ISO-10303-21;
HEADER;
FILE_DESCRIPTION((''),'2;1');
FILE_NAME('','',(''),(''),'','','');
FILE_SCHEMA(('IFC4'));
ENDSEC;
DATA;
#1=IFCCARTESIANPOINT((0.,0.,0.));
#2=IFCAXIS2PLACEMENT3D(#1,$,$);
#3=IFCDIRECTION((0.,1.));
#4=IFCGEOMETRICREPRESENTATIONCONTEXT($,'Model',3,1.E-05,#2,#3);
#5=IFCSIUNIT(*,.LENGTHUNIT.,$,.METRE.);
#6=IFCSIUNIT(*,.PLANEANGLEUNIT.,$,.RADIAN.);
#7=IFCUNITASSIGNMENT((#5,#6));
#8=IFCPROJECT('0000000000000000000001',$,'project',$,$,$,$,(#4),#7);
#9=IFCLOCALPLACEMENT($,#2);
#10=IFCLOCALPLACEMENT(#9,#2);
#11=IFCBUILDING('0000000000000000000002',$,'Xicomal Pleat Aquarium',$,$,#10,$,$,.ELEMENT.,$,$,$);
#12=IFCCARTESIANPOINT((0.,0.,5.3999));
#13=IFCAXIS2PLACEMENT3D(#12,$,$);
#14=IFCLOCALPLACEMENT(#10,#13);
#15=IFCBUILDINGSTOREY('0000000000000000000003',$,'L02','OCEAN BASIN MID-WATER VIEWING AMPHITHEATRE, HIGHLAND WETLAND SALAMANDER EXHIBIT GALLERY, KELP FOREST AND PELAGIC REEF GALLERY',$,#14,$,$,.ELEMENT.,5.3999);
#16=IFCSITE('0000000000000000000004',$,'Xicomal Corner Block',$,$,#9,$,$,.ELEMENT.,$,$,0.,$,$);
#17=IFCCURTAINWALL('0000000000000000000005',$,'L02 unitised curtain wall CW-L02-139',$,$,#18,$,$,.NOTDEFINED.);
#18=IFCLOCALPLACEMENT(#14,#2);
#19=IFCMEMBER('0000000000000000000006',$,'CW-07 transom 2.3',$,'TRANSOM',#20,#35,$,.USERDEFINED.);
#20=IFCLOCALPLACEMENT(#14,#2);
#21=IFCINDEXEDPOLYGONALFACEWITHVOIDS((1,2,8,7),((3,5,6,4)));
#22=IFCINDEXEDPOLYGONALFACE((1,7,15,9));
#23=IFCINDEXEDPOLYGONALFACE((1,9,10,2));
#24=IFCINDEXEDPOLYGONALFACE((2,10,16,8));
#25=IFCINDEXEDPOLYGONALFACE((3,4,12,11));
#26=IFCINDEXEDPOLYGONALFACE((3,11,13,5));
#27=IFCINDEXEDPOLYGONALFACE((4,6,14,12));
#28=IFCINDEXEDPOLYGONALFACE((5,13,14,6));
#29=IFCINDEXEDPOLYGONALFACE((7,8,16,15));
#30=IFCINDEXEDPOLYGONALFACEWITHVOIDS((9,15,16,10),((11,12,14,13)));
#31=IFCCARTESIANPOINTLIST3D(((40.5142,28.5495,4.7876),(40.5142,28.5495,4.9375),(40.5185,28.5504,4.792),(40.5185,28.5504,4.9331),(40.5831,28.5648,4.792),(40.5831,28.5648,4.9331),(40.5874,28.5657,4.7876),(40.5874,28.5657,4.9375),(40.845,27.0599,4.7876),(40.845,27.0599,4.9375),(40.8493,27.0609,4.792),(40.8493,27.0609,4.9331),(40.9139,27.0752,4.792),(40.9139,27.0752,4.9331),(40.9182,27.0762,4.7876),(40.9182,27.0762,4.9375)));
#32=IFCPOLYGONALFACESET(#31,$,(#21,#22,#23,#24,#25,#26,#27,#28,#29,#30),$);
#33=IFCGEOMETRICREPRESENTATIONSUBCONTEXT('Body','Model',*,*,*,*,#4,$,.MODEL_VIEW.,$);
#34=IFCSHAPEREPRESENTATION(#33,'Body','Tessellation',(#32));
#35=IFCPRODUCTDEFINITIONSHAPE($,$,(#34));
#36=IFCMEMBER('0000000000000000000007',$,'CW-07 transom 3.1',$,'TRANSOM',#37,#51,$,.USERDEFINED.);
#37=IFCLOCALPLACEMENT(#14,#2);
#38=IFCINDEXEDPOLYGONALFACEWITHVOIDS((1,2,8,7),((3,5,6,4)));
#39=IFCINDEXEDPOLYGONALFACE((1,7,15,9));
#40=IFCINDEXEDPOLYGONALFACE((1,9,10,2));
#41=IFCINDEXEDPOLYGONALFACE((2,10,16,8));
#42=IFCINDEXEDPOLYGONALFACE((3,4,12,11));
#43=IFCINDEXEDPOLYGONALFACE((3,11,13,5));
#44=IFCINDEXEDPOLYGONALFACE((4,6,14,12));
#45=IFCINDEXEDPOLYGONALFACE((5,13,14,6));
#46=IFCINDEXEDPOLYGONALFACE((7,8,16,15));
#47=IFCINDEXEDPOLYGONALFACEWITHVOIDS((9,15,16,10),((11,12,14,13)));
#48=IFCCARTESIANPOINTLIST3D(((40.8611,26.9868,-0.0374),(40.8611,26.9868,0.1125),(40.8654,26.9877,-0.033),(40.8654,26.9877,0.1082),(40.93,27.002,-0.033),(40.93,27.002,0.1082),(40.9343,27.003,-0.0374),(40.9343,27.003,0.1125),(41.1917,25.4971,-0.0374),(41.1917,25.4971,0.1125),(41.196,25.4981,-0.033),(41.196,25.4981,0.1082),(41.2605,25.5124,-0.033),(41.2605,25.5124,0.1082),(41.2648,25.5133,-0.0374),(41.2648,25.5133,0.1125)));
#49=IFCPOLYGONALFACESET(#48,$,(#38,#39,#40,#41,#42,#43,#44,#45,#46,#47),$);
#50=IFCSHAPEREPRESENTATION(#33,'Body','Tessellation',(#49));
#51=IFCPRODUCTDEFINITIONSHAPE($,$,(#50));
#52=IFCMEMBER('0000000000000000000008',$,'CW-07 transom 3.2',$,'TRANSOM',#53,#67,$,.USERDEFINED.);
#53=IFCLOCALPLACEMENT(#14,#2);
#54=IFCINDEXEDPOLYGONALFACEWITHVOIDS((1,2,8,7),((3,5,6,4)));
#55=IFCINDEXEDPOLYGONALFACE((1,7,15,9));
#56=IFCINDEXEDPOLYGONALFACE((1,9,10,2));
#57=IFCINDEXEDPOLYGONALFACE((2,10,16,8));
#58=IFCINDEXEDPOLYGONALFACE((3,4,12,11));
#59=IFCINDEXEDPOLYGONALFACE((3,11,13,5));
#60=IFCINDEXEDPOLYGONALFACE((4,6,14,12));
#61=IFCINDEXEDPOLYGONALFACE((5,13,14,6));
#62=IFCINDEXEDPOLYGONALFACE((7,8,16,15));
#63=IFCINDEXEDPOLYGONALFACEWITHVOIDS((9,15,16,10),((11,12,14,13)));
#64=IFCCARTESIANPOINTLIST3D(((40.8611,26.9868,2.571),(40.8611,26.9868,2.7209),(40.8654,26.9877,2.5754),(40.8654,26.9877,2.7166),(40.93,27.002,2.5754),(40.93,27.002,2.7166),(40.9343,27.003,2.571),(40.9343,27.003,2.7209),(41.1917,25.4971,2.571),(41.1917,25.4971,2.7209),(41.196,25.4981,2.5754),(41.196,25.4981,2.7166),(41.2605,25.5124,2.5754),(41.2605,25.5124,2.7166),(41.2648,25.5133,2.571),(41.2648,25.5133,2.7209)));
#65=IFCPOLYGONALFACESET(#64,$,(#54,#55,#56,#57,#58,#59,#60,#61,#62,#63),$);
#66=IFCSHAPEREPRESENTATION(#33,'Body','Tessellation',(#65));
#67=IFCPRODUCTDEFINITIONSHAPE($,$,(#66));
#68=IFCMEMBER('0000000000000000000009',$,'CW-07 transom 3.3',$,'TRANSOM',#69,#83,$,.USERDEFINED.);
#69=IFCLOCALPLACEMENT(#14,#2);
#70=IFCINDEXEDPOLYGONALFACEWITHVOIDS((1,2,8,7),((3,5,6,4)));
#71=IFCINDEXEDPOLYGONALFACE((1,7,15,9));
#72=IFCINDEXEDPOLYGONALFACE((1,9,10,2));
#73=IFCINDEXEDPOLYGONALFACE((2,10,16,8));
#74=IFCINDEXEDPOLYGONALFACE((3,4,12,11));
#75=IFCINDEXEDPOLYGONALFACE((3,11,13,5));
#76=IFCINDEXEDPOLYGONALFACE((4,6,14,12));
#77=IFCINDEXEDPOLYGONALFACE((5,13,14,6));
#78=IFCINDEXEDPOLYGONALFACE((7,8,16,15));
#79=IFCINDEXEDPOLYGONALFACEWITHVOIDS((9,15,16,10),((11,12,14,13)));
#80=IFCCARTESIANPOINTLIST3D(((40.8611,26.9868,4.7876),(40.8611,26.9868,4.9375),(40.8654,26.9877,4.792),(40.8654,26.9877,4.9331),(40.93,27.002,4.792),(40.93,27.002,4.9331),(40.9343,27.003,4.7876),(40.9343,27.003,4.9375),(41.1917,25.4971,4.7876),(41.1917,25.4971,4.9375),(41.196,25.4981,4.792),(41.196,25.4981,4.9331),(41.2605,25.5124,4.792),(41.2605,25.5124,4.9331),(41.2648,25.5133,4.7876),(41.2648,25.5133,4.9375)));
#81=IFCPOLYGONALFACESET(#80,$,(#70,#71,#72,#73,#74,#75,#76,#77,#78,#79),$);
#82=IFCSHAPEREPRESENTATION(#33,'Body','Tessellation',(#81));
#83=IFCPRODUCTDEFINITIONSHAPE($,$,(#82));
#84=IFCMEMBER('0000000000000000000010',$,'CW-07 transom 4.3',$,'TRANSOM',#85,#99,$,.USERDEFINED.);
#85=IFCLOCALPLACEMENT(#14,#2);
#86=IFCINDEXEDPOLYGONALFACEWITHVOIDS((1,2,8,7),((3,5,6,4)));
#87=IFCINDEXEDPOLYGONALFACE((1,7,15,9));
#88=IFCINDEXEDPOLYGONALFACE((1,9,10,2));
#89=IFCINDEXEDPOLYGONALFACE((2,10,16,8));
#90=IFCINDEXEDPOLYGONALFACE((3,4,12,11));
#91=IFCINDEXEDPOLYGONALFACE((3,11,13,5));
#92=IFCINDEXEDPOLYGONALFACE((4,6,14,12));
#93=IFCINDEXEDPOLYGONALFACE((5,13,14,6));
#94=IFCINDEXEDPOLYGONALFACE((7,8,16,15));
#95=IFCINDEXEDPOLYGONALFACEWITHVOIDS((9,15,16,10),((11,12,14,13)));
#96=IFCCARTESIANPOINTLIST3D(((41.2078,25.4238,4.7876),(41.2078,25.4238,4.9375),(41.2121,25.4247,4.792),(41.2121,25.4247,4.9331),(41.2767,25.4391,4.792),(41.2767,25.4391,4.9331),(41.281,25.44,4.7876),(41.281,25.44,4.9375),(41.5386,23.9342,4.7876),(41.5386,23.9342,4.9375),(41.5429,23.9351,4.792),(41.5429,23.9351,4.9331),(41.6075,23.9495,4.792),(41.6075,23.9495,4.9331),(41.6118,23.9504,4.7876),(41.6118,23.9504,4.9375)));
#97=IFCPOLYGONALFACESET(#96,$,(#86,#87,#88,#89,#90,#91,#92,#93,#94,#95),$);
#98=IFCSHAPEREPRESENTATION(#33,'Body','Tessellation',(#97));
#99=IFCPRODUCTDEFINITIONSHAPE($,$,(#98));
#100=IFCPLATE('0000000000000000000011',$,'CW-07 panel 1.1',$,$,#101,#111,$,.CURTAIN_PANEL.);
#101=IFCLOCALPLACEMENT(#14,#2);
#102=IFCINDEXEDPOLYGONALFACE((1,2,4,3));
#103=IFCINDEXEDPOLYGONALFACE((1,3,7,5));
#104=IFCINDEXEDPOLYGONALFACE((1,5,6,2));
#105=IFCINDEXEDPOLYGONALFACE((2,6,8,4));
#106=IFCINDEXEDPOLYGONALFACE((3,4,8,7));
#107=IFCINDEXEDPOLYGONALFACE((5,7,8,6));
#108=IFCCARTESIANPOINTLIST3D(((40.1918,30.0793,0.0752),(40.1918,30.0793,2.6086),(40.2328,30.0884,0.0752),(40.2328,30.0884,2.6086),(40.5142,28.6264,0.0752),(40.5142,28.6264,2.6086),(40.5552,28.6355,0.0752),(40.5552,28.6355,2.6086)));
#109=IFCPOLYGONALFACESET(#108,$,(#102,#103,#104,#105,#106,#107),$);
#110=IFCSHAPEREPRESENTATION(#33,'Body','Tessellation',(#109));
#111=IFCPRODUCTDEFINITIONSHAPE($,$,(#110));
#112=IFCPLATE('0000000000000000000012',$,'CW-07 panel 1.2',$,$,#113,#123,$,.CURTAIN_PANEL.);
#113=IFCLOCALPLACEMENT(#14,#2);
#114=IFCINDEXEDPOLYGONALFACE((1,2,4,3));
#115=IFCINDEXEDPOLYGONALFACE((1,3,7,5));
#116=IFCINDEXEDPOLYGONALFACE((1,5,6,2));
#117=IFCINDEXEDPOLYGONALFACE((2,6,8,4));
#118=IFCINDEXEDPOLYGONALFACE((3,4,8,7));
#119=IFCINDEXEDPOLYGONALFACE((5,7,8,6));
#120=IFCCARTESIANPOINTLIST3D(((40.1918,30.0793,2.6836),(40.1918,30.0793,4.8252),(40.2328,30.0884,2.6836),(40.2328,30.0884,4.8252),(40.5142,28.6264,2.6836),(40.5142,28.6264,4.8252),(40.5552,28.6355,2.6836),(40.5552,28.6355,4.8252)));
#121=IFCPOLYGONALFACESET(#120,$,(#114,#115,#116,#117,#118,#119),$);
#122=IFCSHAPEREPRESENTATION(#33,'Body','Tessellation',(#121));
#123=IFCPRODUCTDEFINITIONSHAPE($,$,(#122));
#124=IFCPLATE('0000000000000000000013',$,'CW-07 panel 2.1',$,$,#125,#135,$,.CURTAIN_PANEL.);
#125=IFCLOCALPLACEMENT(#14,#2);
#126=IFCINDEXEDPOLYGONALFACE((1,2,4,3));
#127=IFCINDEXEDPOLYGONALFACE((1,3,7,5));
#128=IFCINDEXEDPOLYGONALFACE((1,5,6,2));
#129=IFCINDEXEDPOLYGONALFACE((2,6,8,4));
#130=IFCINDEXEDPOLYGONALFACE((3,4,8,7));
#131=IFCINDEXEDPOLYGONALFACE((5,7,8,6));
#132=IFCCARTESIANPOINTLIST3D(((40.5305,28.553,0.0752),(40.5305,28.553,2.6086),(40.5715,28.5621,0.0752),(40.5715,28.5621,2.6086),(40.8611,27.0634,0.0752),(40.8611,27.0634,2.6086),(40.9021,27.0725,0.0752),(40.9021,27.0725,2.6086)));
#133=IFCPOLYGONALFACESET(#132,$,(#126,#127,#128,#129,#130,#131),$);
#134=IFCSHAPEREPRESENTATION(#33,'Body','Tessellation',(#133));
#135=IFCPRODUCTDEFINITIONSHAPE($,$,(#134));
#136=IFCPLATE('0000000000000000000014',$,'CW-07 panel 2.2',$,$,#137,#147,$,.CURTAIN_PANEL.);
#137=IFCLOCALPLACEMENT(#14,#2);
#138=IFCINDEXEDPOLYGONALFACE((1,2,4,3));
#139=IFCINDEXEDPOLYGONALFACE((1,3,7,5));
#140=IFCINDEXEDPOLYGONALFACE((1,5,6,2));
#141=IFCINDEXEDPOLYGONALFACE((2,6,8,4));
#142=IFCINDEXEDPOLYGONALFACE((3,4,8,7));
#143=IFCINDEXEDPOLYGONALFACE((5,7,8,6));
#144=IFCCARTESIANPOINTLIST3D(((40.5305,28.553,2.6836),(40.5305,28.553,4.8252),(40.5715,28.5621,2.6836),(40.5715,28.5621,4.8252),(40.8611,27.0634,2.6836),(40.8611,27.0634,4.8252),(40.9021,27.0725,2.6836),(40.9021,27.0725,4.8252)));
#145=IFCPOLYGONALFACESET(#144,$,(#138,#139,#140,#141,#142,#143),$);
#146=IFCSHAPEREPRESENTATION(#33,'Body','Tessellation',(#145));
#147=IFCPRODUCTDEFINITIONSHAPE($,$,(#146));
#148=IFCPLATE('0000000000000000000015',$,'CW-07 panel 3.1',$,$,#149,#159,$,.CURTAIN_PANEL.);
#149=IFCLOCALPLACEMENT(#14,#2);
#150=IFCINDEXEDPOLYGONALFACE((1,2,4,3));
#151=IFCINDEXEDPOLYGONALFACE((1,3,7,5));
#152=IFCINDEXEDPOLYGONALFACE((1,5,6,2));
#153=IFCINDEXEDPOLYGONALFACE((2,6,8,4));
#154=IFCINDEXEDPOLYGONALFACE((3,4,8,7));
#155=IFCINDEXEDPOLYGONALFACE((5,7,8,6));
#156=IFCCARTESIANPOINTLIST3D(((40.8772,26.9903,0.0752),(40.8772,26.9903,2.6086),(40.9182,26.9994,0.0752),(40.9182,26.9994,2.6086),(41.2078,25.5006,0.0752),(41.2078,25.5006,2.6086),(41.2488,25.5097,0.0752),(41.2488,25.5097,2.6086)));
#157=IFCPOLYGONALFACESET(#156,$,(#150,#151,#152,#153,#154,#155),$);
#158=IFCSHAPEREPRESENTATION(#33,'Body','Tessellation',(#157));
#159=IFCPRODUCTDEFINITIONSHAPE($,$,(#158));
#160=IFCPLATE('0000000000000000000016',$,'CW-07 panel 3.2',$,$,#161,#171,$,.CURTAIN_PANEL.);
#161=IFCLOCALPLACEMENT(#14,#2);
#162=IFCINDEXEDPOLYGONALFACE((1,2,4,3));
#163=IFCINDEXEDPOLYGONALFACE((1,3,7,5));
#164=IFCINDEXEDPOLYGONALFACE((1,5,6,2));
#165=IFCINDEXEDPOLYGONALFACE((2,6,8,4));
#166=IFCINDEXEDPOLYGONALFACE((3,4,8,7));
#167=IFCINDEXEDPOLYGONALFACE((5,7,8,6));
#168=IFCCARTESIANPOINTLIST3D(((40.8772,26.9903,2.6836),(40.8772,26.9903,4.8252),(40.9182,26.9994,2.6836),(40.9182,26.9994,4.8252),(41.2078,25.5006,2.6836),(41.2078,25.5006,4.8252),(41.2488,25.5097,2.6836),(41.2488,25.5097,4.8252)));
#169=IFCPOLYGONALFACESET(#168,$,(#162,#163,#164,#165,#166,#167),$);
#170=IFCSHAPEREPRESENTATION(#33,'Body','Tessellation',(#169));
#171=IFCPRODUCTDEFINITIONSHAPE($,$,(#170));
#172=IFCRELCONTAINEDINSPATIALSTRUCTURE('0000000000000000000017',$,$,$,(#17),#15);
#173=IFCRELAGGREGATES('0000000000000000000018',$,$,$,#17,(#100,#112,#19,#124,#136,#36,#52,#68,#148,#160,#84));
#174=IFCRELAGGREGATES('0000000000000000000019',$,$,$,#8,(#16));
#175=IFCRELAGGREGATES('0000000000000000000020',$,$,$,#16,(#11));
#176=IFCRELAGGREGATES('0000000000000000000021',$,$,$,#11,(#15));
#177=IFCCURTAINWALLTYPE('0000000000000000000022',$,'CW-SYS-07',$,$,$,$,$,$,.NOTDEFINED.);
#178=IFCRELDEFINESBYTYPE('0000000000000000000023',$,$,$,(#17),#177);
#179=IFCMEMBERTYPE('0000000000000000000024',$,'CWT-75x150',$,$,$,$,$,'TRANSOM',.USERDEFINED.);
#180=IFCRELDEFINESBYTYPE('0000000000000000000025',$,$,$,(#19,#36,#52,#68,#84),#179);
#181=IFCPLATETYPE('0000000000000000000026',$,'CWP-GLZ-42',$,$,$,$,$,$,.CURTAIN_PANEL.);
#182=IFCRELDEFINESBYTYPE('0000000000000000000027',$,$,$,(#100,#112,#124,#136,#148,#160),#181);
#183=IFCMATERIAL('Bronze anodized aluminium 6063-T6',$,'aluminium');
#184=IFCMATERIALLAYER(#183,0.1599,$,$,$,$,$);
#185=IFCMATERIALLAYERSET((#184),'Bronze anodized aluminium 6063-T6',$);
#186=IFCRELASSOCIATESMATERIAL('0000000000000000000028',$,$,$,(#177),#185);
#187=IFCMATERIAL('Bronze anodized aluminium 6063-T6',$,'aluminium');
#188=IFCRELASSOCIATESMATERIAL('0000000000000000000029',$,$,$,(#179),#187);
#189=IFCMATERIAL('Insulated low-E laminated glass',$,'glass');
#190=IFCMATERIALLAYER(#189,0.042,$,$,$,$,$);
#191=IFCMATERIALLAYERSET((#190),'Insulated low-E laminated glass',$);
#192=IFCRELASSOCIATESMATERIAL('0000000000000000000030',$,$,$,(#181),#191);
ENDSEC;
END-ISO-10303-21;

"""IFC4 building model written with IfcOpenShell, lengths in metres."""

from ifc_helpers import new_model, si_unit, direction, frame, origin, origin_2d, place, context, subcontext, project, spatial, rectangle, hollow_rectangle, extrude, material, layer, layer_set, material_profile, profile_set, type_object, element, aggregate, save


model = new_model("IFC4")

# Units and contexts
model_context = context("Model", 3, precision=1e-05, world=origin(), true_north=direction((0.0, 1.0)))
body_context = subcontext(model_context, "Body", "Model", "MODEL_VIEW")
ifc_project = project(units=[si_unit("LENGTHUNIT", "METRE"), si_unit("PLANEANGLEUNIT", "RADIAN")], contexts=[model_context])

# Site, building, storey
site_placement = place(None, origin())
site = spatial("IfcSite", under=ifc_project, at=site_placement, Name="Xicomal Corner Block", CompositionType="ELEMENT", RefElevation=0.0)
building_placement = place(site_placement, origin())
building = spatial("IfcBuilding", under=site, at=building_placement, Name="Xicomal Pleat Aquarium", CompositionType="ELEMENT")
storey_placement = place(building_placement, frame((0.0, 0.0, 5.3999)))
storey = spatial("IfcBuildingStorey", under=building, at=storey_placement, Name="L02", Description="OCEAN BASIN MID-WATER VIEWING AMPHITHEATRE, HIGHLAND WETLAND SALAMANDER EXHIBIT GALLERY, KELP FOREST AND PELAGIC REEF GALLERY", CompositionType="ELEMENT", Elevation=5.3999)

# Curtain wall, members, plates
ifc_material_1 = material(Name="Bronze anodized aluminium 6063-T6", Category="aluminium")
ifc_layer_1 = layer(ifc_material_1, 0.1599)
ifc_layer_set_1 = layer_set([ifc_layer_1], Name="Bronze anodized aluminium 6063-T6")
curtain_wall_type_1 = type_object("IfcCurtainWallType", Name="CW-SYS-07", PredefinedType="NOTDEFINED", material=ifc_layer_set_1)
curtain_wall_1_placement = place(storey_placement, origin())
curtain_wall_1 = element("IfcCurtainWall", 1, at=curtain_wall_1_placement, inside=storey, type_object=curtain_wall_type_1, Name="L02 unitised curtain wall CW-L02-139", PredefinedType="NOTDEFINED")
ifc_material_2 = material(Name="Bronze anodized aluminium 6063-T6", Category="aluminium")
ifc_material_profile_1 = material_profile(ifc_material_2, hollow_rectangle(XDim=0.075, YDim=0.1499, WallThickness=0.0044, at=origin_2d()), Name="ALU TRAN 75x150")
ifc_profile_set_1 = profile_set([ifc_material_profile_1], Name="Bronze anodized aluminium 6063-T6")
member_type_1 = type_object("IfcMemberType", Name="CWT-75x150", ElementType="TRANSOM", PredefinedType="USERDEFINED", material=ifc_profile_set_1)
member_1_placement = place(storey_placement, frame((40.5508, 28.5576, 4.8625), z_axis=(0.216812, -0.976213, 0.0), x_axis=(0.976213, 0.216812, 0.0)))
member_1 = element("IfcMember", 2, at=member_1_placement, type_object=member_type_1, Name="CW-07 transom 2.3", ObjectType="TRANSOM", PredefinedType="USERDEFINED", context=body_context, shape_type="SweptSolid", body=[
    extrude(hollow_rectangle(XDim=0.075, YDim=0.1499, WallThickness=0.0044, at=origin_2d()), origin(), (0.0, 0.0, 1.0), 1.5259),
])
member_2_placement = place(storey_placement, frame((40.8977, 26.9949, 0.0376), z_axis=(0.216626, -0.976255, 0.0), x_axis=(0.976255, 0.216626, 0.0)))
member_2 = element("IfcMember", 3, at=member_2_placement, type_object=member_type_1, Name="CW-07 transom 3.1", ObjectType="TRANSOM", PredefinedType="USERDEFINED", context=body_context, shape_type="SweptSolid", body=[
    extrude(hollow_rectangle(XDim=0.075, YDim=0.1499, WallThickness=0.0044, at=origin_2d()), origin(), (0.0, 0.0, 1.0), 1.5259),
])
member_3_placement = place(storey_placement, frame((40.8977, 26.9949, 2.646), z_axis=(0.216626, -0.976255, 0.0), x_axis=(0.976255, 0.216626, 0.0)))
member_3 = element("IfcMember", 4, at=member_3_placement, type_object=member_type_1, Name="CW-07 transom 3.2", ObjectType="TRANSOM", PredefinedType="USERDEFINED", context=body_context, shape_type="SweptSolid", body=[
    extrude(hollow_rectangle(XDim=0.075, YDim=0.1499, WallThickness=0.0044, at=origin_2d()), origin(), (0.0, 0.0, 1.0), 1.5259),
])
member_4_placement = place(storey_placement, frame((40.8977, 26.9949, 4.8625), z_axis=(0.216626, -0.976255, 0.0), x_axis=(0.976255, 0.216626, 0.0)))
member_4 = element("IfcMember", 5, at=member_4_placement, type_object=member_type_1, Name="CW-07 transom 3.3", ObjectType="TRANSOM", PredefinedType="USERDEFINED", context=body_context, shape_type="SweptSolid", body=[
    extrude(hollow_rectangle(XDim=0.075, YDim=0.1499, WallThickness=0.0044, at=origin_2d()), origin(), (0.0, 0.0, 1.0), 1.5259),
])
member_5_placement = place(storey_placement, frame((41.2444, 25.4319, 4.8625), z_axis=(0.216812, -0.976213, 0.0), x_axis=(0.976213, 0.216812, 0.0)))
member_5 = element("IfcMember", 6, at=member_5_placement, type_object=member_type_1, Name="CW-07 transom 4.3", ObjectType="TRANSOM", PredefinedType="USERDEFINED", context=body_context, shape_type="SweptSolid", body=[
    extrude(hollow_rectangle(XDim=0.075, YDim=0.1499, WallThickness=0.0044, at=origin_2d()), origin(), (0.0, 0.0, 1.0), 1.5259),
])
ifc_material_3 = material(Name="Insulated low-E laminated glass", Category="glass")
ifc_layer_2 = layer(ifc_material_3, 0.042)
ifc_layer_set_2 = layer_set([ifc_layer_2], Name="Insulated low-E laminated glass")
plate_type = type_object("IfcPlateType", Name="CWP-GLZ-42", PredefinedType="CURTAIN_PANEL", material=ifc_layer_set_2)
plate_1_placement = place(storey_placement, frame((40.3735, 29.3574, 0.0752), z_axis=(0.0, 0.0, 1.0), x_axis=(0.216639, -0.976252, 0.0)))
plate_1 = element("IfcPlate", 7, at=plate_1_placement, type_object=plate_type, Name="CW-07 panel 1.1", PredefinedType="CURTAIN_PANEL", context=body_context, shape_type="SweptSolid", body=[
    extrude(rectangle(XDim=1.4883, YDim=0.042, at=origin_2d()), origin(), (0.0, 0.0, 1.0), 2.5334),
])
plate_2_placement = place(storey_placement, frame((40.3735, 29.3574, 2.6836), z_axis=(0.0, 0.0, 1.0), x_axis=(0.216639, -0.976252, 0.0)))
plate_2 = element("IfcPlate", 8, at=plate_2_placement, type_object=plate_type, Name="CW-07 panel 1.2", PredefinedType="CURTAIN_PANEL", context=body_context, shape_type="SweptSolid", body=[
    extrude(rectangle(XDim=1.4883, YDim=0.042, at=origin_2d()), origin(), (0.0, 0.0, 1.0), 2.1416),
])
plate_3_placement = place(storey_placement, frame((40.7163, 27.8127, 0.0752), z_axis=(0.0, 0.0, 1.0), x_axis=(0.216639, -0.976252, 0.0)))
plate_3 = element("IfcPlate", 9, at=plate_3_placement, type_object=plate_type, Name="CW-07 panel 2.1", PredefinedType="CURTAIN_PANEL", context=body_context, shape_type="SweptSolid", body=[
    extrude(rectangle(XDim=1.5259, YDim=0.042, at=origin_2d()), origin(), (0.0, 0.0, 1.0), 2.5334),
])
plate_4_placement = place(storey_placement, frame((40.7163, 27.8127, 2.6836), z_axis=(0.0, 0.0, 1.0), x_axis=(0.216639, -0.976252, 0.0)))
plate_4 = element("IfcPlate", 10, at=plate_4_placement, type_object=plate_type, Name="CW-07 panel 2.2", PredefinedType="CURTAIN_PANEL", context=body_context, shape_type="SweptSolid", body=[
    extrude(rectangle(XDim=1.5259, YDim=0.042, at=origin_2d()), origin(), (0.0, 0.0, 1.0), 2.1416),
])
plate_5_placement = place(storey_placement, frame((41.063, 26.25, 0.0752), z_axis=(0.0, 0.0, 1.0), x_axis=(0.216639, -0.976252, 0.0)))
plate_5 = element("IfcPlate", 11, at=plate_5_placement, type_object=plate_type, Name="CW-07 panel 3.1", PredefinedType="CURTAIN_PANEL", context=body_context, shape_type="SweptSolid", body=[
    extrude(rectangle(XDim=1.5259, YDim=0.042, at=origin_2d()), origin(), (0.0, 0.0, 1.0), 2.5334),
])
plate_6_placement = place(storey_placement, frame((41.063, 26.25, 2.6836), z_axis=(0.0, 0.0, 1.0), x_axis=(0.216639, -0.976252, 0.0)))
plate_6 = element("IfcPlate", 12, at=plate_6_placement, type_object=plate_type, Name="CW-07 panel 3.2", PredefinedType="CURTAIN_PANEL", context=body_context, shape_type="SweptSolid", body=[
    extrude(rectangle(XDim=1.5259, YDim=0.042, at=origin_2d()), origin(), (0.0, 0.0, 1.0), 2.1416),
])
aggregate(curtain_wall_1, [plate_1, plate_2, member_1, plate_3, plate_4, member_2, member_3, member_4, plate_5, plate_6, member_5])

save(model, "model.ifc")
